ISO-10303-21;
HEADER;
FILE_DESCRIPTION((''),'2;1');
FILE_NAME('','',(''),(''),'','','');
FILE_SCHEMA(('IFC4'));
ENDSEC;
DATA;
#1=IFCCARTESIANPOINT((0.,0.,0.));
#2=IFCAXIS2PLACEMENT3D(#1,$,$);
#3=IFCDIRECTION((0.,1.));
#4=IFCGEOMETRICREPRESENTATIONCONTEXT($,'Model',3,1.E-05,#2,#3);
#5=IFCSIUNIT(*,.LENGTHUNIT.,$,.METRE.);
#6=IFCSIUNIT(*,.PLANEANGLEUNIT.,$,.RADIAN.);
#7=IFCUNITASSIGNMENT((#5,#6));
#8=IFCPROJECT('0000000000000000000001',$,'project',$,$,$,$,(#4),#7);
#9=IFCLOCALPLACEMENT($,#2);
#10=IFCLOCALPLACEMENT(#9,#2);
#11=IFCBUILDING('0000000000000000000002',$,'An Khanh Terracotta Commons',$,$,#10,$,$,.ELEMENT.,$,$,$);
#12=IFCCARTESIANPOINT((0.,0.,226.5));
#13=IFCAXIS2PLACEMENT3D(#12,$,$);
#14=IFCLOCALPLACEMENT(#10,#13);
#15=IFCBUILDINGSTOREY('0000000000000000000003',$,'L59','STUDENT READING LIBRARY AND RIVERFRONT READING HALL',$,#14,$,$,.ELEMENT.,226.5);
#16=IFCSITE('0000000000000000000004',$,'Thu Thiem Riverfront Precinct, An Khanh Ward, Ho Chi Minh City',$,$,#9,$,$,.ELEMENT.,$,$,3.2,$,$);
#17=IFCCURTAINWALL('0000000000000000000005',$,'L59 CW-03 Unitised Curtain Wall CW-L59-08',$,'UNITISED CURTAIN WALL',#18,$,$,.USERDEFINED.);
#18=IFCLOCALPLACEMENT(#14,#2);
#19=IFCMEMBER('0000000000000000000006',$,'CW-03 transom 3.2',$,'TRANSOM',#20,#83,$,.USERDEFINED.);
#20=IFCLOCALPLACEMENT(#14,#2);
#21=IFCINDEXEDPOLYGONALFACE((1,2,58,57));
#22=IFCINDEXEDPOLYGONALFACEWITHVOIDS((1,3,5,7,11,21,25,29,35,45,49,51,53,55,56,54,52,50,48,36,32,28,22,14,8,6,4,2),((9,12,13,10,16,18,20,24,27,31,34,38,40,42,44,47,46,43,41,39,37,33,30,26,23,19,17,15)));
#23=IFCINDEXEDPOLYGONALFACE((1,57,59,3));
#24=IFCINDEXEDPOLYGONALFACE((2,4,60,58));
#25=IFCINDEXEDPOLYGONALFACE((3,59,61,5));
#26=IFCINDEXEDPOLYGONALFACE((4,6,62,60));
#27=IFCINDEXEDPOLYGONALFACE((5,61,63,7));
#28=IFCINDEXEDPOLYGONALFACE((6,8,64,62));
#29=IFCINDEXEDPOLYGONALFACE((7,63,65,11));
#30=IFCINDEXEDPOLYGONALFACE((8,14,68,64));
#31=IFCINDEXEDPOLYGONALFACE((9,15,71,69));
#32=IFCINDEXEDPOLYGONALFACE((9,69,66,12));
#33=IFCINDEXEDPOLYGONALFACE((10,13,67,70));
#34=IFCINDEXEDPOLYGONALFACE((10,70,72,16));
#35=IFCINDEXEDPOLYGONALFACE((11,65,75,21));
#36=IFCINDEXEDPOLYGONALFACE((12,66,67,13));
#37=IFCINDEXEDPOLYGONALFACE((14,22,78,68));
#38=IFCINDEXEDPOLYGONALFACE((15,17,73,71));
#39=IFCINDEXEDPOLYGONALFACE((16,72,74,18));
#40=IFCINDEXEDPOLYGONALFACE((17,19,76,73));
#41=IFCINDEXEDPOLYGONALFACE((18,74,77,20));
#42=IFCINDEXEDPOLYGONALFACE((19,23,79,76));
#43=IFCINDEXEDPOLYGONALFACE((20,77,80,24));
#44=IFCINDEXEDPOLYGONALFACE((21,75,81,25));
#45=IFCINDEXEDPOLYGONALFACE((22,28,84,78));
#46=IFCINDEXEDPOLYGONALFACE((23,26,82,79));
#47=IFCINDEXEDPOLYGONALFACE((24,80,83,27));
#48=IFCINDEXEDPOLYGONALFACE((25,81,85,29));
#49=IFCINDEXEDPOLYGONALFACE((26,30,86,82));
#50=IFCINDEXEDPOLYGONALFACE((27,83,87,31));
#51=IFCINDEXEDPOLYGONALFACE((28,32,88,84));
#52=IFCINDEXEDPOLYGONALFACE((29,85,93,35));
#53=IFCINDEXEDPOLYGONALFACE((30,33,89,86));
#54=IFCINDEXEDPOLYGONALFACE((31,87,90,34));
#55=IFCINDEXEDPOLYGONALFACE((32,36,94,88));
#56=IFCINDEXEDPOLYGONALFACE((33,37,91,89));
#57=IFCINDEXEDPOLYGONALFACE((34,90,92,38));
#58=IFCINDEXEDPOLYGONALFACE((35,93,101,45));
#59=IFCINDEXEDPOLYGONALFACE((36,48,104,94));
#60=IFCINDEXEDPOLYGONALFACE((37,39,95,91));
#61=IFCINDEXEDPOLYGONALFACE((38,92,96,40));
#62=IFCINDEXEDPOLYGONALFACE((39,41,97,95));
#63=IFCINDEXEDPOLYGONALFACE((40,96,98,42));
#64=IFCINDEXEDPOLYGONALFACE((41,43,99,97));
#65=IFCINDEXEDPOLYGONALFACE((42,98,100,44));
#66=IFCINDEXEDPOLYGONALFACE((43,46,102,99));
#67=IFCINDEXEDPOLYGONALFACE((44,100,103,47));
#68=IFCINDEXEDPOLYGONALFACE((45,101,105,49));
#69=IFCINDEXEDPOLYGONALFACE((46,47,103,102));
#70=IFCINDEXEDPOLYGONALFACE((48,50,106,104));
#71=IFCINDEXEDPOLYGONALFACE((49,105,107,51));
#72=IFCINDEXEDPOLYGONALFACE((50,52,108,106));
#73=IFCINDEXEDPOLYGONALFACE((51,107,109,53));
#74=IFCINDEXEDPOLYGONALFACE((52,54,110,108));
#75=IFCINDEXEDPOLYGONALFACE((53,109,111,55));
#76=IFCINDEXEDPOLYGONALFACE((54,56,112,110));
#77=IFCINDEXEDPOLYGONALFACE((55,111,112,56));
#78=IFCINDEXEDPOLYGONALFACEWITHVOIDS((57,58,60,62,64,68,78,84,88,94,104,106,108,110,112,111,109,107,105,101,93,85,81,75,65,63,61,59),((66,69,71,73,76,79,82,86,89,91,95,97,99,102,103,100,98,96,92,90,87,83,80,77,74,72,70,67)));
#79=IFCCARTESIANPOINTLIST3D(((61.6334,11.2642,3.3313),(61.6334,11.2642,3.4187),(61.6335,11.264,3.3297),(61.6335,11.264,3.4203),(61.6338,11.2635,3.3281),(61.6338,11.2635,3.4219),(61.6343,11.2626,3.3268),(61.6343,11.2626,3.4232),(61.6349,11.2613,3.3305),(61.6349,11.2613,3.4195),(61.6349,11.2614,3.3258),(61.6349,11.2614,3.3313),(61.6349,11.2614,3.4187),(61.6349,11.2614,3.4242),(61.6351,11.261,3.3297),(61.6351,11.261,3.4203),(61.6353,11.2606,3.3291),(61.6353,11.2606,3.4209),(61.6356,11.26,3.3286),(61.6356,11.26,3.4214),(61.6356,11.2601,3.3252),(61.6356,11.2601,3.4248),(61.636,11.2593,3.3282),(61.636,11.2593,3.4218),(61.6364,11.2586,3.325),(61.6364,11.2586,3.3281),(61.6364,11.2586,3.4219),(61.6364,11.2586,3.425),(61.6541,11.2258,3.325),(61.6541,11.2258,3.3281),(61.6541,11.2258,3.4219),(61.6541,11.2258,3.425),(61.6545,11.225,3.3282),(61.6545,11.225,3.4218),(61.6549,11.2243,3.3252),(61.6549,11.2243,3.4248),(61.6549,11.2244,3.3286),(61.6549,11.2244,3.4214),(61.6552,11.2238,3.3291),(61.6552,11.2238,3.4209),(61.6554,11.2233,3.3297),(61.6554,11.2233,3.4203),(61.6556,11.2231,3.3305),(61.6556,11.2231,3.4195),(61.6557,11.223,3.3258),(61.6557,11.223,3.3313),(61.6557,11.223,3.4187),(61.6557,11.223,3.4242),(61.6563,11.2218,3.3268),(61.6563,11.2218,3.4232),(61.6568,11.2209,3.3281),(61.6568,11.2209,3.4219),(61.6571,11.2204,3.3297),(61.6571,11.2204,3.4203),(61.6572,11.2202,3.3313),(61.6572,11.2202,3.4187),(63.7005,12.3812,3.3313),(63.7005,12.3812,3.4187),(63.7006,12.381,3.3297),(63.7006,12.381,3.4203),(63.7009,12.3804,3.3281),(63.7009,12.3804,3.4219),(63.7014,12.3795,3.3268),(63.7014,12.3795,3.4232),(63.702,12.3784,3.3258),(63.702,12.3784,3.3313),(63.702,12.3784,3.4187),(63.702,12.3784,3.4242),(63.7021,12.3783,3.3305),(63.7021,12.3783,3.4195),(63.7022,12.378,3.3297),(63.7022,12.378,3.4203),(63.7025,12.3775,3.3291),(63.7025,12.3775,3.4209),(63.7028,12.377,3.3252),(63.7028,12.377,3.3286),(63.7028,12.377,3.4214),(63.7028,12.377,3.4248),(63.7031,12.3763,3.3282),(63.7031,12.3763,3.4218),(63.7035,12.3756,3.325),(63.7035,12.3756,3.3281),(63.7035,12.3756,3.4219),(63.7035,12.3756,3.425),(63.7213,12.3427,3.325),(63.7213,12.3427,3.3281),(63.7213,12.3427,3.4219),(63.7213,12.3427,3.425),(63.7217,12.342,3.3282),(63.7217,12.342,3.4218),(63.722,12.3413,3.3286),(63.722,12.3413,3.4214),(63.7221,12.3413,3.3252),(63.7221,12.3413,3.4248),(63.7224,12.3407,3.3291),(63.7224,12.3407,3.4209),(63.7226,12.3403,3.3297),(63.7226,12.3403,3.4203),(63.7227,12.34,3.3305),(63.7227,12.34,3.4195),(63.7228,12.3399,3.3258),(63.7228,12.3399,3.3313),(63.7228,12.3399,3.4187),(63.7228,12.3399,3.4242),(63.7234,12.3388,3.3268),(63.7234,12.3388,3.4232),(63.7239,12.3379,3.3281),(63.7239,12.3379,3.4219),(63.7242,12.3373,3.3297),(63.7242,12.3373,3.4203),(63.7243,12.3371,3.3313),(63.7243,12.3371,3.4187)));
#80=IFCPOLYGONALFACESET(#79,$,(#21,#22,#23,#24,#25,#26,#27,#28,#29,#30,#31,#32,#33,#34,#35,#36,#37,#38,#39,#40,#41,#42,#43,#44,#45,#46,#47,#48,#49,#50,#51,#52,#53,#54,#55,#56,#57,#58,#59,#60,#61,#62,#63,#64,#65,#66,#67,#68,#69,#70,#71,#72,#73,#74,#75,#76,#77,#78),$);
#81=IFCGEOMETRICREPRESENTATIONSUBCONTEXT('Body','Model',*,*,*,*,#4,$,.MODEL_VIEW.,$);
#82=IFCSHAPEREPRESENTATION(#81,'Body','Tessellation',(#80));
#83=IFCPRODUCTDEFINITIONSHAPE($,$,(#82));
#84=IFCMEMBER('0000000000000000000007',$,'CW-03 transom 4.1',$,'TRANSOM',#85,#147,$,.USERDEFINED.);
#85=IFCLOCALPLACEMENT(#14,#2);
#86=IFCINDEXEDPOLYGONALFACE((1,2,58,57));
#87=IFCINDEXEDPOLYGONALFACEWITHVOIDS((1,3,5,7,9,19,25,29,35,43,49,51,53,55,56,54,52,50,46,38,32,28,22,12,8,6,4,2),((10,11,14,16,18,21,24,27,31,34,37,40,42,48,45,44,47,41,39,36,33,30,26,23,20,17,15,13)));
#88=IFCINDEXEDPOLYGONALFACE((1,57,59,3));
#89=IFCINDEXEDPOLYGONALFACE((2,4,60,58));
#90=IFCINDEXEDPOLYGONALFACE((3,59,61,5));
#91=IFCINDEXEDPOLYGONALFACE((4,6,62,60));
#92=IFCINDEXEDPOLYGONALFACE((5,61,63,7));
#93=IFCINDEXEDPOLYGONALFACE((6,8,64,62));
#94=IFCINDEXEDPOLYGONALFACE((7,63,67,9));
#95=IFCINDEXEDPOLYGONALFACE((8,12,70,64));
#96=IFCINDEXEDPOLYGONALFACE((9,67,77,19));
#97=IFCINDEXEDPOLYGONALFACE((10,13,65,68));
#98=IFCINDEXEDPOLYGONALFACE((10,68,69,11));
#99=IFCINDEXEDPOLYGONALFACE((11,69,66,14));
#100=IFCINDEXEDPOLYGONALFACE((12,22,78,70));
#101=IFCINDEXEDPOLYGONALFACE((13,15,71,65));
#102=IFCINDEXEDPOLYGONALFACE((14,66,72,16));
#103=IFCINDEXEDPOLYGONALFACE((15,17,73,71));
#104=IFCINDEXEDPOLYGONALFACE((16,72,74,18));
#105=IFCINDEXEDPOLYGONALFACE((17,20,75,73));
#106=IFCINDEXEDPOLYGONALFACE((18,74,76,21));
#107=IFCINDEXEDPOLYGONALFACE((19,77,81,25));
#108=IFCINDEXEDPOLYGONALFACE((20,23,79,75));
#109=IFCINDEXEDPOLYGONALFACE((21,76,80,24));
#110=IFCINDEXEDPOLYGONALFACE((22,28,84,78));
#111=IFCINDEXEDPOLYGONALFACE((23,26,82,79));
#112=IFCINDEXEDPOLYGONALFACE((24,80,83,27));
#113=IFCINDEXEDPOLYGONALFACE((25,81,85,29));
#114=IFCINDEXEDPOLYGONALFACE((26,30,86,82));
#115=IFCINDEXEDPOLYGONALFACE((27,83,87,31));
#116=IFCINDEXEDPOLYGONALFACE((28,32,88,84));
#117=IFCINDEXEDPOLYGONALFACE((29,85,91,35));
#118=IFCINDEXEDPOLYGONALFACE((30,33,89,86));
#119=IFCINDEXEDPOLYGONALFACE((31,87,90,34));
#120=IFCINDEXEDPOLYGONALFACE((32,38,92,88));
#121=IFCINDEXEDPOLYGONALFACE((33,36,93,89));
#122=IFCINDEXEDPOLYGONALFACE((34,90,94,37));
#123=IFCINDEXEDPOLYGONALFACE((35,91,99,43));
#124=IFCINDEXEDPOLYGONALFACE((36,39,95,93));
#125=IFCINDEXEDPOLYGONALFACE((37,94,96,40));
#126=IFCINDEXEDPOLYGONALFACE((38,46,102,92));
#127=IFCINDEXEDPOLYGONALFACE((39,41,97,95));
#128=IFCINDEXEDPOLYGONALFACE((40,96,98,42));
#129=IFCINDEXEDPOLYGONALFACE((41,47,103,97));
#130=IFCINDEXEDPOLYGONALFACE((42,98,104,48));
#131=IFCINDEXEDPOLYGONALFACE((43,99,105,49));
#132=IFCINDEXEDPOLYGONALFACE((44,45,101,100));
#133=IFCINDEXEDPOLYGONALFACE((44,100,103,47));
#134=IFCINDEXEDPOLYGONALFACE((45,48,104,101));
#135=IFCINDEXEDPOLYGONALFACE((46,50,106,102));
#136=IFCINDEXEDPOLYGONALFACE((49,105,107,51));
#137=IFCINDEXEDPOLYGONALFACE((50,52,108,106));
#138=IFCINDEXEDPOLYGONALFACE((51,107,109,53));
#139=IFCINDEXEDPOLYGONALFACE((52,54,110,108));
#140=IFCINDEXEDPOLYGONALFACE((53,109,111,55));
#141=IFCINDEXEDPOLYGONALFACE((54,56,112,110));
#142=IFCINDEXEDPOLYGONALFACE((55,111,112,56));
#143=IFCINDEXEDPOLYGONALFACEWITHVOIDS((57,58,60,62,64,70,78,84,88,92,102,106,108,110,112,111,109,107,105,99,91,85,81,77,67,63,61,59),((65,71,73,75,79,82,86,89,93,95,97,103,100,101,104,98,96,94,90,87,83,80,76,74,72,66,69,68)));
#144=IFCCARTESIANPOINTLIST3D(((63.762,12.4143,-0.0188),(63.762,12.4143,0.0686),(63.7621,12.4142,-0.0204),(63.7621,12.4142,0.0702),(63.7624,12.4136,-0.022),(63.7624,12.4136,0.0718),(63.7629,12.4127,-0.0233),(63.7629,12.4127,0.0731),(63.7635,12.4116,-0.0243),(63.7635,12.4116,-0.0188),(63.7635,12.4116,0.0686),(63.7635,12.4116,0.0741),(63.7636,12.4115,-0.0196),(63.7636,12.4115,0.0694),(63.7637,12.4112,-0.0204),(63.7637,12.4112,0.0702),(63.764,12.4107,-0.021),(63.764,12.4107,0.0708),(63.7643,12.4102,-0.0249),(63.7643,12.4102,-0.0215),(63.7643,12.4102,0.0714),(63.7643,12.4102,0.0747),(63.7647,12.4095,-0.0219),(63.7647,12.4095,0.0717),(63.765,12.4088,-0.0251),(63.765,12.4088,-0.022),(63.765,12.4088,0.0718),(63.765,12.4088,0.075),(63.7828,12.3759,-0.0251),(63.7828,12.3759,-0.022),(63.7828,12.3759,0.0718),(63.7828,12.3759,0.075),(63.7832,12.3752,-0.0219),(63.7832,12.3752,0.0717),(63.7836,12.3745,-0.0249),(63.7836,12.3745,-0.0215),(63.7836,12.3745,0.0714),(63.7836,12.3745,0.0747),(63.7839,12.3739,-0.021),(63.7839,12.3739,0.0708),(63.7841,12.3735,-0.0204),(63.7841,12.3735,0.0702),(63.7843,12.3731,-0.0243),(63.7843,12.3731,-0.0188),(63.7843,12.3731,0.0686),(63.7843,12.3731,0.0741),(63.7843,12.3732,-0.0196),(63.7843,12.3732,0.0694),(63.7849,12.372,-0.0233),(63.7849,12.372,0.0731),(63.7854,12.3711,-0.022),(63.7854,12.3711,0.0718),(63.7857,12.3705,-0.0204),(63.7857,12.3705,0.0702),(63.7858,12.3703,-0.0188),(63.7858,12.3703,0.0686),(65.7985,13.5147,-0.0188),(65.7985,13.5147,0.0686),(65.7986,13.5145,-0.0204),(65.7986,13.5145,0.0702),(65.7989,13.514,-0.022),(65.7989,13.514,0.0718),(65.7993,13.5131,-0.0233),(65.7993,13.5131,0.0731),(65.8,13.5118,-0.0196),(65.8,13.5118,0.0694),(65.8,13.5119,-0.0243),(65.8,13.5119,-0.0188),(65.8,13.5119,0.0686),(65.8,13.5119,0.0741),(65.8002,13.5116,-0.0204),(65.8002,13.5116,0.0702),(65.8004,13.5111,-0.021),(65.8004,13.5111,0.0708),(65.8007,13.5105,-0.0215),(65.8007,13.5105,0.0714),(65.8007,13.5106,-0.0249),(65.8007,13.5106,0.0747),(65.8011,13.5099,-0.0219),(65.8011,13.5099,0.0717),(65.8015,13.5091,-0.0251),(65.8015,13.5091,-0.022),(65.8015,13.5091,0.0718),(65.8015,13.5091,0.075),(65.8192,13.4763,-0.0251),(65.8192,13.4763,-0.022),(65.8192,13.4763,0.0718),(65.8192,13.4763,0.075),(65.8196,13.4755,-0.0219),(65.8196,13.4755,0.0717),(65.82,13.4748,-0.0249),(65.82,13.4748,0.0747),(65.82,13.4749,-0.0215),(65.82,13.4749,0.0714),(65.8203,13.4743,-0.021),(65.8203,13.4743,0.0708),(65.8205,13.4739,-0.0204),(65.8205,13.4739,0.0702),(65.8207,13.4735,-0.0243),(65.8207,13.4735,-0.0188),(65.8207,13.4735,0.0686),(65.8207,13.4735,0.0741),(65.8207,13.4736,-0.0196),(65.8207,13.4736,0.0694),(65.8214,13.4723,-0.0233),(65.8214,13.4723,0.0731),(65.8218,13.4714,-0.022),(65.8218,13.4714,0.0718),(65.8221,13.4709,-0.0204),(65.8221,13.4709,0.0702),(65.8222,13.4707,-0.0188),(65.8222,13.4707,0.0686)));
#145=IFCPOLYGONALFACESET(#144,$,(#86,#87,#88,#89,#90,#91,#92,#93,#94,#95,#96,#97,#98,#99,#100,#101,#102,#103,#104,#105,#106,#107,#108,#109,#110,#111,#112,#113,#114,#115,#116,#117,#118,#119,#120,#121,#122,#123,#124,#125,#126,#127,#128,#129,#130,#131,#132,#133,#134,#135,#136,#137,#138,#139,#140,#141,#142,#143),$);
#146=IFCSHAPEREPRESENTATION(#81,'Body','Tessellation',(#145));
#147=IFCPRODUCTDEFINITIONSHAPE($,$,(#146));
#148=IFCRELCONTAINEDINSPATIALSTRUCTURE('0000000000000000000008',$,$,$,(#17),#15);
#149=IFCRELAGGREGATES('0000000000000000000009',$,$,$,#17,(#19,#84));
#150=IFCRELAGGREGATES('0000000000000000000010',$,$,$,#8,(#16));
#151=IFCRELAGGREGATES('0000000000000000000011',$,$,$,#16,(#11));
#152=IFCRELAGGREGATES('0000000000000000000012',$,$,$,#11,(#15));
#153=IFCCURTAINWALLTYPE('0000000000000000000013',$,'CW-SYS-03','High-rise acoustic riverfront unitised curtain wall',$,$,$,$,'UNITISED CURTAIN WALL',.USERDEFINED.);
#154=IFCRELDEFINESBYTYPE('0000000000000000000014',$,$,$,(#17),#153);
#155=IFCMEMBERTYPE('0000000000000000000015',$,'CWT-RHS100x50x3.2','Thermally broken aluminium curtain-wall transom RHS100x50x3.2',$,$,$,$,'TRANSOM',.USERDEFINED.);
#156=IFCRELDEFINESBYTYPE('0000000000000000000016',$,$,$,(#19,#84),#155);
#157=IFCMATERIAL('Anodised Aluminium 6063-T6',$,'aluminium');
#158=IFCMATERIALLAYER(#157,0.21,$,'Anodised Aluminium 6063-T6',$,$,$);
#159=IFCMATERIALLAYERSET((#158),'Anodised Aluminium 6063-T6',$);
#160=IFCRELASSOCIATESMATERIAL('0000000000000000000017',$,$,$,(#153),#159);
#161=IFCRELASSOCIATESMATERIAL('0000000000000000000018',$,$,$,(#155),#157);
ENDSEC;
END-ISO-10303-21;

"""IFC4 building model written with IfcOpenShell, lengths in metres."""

from ifc_helpers import new_model, si_unit, direction, frame, origin, origin_2d, place, context, subcontext, project, spatial, hollow_rectangle, extrude, material, layer, layer_set, material_profile, profile_set, type_object, element, aggregate, save


model = new_model("IFC4")

# Units and contexts
model_context = context("Model", 3, precision=1e-05, world=origin(), true_north=direction((0.0, 1.0)))
body_context = subcontext(model_context, "Body", "Model", "MODEL_VIEW")
ifc_project = project(units=[si_unit("LENGTHUNIT", "METRE"), si_unit("PLANEANGLEUNIT", "RADIAN")], contexts=[model_context])

# Site, building, storey
site_placement = place(None, origin())
site = spatial("IfcSite", under=ifc_project, at=site_placement, Name="Thu Thiem Riverfront Precinct, An Khanh Ward, Ho Chi Minh City", CompositionType="ELEMENT", RefElevation=3.2)
building_placement = place(site_placement, origin())
building = spatial("IfcBuilding", under=site, at=building_placement, Name="An Khanh Terracotta Commons", CompositionType="ELEMENT")
storey_placement = place(building_placement, frame((0.0, 0.0, 226.5)))
storey = spatial("IfcBuildingStorey", under=building, at=storey_placement, Name="L59", Description="STUDENT READING LIBRARY AND RIVERFRONT READING HALL", CompositionType="ELEMENT", Elevation=226.5)

# Curtain wall, members
ifc_material_1 = material(Name="Anodised Aluminium 6063-T6", Category="aluminium")
ifc_layer_1 = layer(ifc_material_1, 0.21, Name="Anodised Aluminium 6063-T6")
ifc_layer_set_1 = layer_set([ifc_layer_1], Name="Anodised Aluminium 6063-T6")
curtain_wall_type = type_object("IfcCurtainWallType", Name="CW-SYS-03", Description="High-rise acoustic riverfront unitised curtain wall", ElementType="UNITISED CURTAIN WALL", PredefinedType="USERDEFINED", material=ifc_layer_set_1)
curtain_wall_placement = place(storey_placement, origin())
curtain_wall = element("IfcCurtainWall", 1, at=curtain_wall_placement, inside=storey, type_object=curtain_wall_type, Name="L59 CW-03 Unitised Curtain Wall CW-L59-08", ObjectType="UNITISED CURTAIN WALL", PredefinedType="USERDEFINED")
ifc_material_profile_1 = material_profile(ifc_material_1, hollow_rectangle(XDim=0.05, YDim=0.1001, WallThickness=0.0032, InnerFilletRadius=0.0032, OuterFilletRadius=0.0063, at=origin_2d()), Name="RHS100x50x3.2")
ifc_profile_set_1 = profile_set([ifc_material_profile_1], Name="Anodised Aluminium 6063-T6")
member_type_1 = type_object("IfcMemberType", Name="CWT-RHS100x50x3.2", Description="Thermally broken aluminium curtain-wall transom RHS100x50x3.2", ElementType="TRANSOM", PredefinedType="USERDEFINED", material=ifc_profile_set_1)
member_1_placement = place(storey_placement, frame((61.6453, 11.2422, 3.375), z_axis=(0.879783, 0.475376, 0.0), x_axis=(-0.475376, 0.879783, 0.0)))
member_1 = element("IfcMember", 2, at=member_1_placement, type_object=member_type_1, Name="CW-03 transom 3.2", ObjectType="TRANSOM", PredefinedType="USERDEFINED", context=body_context, shape_type="SweptSolid", body=[
    extrude(hollow_rectangle(XDim=0.05, YDim=0.1001, WallThickness=0.0032, InnerFilletRadius=0.0032, OuterFilletRadius=0.0063, at=origin_2d()), origin(), (0.0, 0.0, 1.0), 2.3496),
])
member_2_placement = place(storey_placement, frame((63.7739, 12.3923, 0.0249), z_axis=(0.879779, 0.475382, 0.0), x_axis=(-0.475382, 0.879779, 0.0)))
member_2 = element("IfcMember", 3, at=member_2_placement, type_object=member_type_1, Name="CW-03 transom 4.1", ObjectType="TRANSOM", PredefinedType="USERDEFINED", context=body_context, shape_type="SweptSolid", body=[
    extrude(hollow_rectangle(XDim=0.05, YDim=0.1001, WallThickness=0.0032, InnerFilletRadius=0.0032, OuterFilletRadius=0.0063, at=origin_2d()), origin(), (0.0, 0.0, 1.0), 2.3147),
])
aggregate(curtain_wall, [member_1, member_2])

save(model, "model.ifc")
